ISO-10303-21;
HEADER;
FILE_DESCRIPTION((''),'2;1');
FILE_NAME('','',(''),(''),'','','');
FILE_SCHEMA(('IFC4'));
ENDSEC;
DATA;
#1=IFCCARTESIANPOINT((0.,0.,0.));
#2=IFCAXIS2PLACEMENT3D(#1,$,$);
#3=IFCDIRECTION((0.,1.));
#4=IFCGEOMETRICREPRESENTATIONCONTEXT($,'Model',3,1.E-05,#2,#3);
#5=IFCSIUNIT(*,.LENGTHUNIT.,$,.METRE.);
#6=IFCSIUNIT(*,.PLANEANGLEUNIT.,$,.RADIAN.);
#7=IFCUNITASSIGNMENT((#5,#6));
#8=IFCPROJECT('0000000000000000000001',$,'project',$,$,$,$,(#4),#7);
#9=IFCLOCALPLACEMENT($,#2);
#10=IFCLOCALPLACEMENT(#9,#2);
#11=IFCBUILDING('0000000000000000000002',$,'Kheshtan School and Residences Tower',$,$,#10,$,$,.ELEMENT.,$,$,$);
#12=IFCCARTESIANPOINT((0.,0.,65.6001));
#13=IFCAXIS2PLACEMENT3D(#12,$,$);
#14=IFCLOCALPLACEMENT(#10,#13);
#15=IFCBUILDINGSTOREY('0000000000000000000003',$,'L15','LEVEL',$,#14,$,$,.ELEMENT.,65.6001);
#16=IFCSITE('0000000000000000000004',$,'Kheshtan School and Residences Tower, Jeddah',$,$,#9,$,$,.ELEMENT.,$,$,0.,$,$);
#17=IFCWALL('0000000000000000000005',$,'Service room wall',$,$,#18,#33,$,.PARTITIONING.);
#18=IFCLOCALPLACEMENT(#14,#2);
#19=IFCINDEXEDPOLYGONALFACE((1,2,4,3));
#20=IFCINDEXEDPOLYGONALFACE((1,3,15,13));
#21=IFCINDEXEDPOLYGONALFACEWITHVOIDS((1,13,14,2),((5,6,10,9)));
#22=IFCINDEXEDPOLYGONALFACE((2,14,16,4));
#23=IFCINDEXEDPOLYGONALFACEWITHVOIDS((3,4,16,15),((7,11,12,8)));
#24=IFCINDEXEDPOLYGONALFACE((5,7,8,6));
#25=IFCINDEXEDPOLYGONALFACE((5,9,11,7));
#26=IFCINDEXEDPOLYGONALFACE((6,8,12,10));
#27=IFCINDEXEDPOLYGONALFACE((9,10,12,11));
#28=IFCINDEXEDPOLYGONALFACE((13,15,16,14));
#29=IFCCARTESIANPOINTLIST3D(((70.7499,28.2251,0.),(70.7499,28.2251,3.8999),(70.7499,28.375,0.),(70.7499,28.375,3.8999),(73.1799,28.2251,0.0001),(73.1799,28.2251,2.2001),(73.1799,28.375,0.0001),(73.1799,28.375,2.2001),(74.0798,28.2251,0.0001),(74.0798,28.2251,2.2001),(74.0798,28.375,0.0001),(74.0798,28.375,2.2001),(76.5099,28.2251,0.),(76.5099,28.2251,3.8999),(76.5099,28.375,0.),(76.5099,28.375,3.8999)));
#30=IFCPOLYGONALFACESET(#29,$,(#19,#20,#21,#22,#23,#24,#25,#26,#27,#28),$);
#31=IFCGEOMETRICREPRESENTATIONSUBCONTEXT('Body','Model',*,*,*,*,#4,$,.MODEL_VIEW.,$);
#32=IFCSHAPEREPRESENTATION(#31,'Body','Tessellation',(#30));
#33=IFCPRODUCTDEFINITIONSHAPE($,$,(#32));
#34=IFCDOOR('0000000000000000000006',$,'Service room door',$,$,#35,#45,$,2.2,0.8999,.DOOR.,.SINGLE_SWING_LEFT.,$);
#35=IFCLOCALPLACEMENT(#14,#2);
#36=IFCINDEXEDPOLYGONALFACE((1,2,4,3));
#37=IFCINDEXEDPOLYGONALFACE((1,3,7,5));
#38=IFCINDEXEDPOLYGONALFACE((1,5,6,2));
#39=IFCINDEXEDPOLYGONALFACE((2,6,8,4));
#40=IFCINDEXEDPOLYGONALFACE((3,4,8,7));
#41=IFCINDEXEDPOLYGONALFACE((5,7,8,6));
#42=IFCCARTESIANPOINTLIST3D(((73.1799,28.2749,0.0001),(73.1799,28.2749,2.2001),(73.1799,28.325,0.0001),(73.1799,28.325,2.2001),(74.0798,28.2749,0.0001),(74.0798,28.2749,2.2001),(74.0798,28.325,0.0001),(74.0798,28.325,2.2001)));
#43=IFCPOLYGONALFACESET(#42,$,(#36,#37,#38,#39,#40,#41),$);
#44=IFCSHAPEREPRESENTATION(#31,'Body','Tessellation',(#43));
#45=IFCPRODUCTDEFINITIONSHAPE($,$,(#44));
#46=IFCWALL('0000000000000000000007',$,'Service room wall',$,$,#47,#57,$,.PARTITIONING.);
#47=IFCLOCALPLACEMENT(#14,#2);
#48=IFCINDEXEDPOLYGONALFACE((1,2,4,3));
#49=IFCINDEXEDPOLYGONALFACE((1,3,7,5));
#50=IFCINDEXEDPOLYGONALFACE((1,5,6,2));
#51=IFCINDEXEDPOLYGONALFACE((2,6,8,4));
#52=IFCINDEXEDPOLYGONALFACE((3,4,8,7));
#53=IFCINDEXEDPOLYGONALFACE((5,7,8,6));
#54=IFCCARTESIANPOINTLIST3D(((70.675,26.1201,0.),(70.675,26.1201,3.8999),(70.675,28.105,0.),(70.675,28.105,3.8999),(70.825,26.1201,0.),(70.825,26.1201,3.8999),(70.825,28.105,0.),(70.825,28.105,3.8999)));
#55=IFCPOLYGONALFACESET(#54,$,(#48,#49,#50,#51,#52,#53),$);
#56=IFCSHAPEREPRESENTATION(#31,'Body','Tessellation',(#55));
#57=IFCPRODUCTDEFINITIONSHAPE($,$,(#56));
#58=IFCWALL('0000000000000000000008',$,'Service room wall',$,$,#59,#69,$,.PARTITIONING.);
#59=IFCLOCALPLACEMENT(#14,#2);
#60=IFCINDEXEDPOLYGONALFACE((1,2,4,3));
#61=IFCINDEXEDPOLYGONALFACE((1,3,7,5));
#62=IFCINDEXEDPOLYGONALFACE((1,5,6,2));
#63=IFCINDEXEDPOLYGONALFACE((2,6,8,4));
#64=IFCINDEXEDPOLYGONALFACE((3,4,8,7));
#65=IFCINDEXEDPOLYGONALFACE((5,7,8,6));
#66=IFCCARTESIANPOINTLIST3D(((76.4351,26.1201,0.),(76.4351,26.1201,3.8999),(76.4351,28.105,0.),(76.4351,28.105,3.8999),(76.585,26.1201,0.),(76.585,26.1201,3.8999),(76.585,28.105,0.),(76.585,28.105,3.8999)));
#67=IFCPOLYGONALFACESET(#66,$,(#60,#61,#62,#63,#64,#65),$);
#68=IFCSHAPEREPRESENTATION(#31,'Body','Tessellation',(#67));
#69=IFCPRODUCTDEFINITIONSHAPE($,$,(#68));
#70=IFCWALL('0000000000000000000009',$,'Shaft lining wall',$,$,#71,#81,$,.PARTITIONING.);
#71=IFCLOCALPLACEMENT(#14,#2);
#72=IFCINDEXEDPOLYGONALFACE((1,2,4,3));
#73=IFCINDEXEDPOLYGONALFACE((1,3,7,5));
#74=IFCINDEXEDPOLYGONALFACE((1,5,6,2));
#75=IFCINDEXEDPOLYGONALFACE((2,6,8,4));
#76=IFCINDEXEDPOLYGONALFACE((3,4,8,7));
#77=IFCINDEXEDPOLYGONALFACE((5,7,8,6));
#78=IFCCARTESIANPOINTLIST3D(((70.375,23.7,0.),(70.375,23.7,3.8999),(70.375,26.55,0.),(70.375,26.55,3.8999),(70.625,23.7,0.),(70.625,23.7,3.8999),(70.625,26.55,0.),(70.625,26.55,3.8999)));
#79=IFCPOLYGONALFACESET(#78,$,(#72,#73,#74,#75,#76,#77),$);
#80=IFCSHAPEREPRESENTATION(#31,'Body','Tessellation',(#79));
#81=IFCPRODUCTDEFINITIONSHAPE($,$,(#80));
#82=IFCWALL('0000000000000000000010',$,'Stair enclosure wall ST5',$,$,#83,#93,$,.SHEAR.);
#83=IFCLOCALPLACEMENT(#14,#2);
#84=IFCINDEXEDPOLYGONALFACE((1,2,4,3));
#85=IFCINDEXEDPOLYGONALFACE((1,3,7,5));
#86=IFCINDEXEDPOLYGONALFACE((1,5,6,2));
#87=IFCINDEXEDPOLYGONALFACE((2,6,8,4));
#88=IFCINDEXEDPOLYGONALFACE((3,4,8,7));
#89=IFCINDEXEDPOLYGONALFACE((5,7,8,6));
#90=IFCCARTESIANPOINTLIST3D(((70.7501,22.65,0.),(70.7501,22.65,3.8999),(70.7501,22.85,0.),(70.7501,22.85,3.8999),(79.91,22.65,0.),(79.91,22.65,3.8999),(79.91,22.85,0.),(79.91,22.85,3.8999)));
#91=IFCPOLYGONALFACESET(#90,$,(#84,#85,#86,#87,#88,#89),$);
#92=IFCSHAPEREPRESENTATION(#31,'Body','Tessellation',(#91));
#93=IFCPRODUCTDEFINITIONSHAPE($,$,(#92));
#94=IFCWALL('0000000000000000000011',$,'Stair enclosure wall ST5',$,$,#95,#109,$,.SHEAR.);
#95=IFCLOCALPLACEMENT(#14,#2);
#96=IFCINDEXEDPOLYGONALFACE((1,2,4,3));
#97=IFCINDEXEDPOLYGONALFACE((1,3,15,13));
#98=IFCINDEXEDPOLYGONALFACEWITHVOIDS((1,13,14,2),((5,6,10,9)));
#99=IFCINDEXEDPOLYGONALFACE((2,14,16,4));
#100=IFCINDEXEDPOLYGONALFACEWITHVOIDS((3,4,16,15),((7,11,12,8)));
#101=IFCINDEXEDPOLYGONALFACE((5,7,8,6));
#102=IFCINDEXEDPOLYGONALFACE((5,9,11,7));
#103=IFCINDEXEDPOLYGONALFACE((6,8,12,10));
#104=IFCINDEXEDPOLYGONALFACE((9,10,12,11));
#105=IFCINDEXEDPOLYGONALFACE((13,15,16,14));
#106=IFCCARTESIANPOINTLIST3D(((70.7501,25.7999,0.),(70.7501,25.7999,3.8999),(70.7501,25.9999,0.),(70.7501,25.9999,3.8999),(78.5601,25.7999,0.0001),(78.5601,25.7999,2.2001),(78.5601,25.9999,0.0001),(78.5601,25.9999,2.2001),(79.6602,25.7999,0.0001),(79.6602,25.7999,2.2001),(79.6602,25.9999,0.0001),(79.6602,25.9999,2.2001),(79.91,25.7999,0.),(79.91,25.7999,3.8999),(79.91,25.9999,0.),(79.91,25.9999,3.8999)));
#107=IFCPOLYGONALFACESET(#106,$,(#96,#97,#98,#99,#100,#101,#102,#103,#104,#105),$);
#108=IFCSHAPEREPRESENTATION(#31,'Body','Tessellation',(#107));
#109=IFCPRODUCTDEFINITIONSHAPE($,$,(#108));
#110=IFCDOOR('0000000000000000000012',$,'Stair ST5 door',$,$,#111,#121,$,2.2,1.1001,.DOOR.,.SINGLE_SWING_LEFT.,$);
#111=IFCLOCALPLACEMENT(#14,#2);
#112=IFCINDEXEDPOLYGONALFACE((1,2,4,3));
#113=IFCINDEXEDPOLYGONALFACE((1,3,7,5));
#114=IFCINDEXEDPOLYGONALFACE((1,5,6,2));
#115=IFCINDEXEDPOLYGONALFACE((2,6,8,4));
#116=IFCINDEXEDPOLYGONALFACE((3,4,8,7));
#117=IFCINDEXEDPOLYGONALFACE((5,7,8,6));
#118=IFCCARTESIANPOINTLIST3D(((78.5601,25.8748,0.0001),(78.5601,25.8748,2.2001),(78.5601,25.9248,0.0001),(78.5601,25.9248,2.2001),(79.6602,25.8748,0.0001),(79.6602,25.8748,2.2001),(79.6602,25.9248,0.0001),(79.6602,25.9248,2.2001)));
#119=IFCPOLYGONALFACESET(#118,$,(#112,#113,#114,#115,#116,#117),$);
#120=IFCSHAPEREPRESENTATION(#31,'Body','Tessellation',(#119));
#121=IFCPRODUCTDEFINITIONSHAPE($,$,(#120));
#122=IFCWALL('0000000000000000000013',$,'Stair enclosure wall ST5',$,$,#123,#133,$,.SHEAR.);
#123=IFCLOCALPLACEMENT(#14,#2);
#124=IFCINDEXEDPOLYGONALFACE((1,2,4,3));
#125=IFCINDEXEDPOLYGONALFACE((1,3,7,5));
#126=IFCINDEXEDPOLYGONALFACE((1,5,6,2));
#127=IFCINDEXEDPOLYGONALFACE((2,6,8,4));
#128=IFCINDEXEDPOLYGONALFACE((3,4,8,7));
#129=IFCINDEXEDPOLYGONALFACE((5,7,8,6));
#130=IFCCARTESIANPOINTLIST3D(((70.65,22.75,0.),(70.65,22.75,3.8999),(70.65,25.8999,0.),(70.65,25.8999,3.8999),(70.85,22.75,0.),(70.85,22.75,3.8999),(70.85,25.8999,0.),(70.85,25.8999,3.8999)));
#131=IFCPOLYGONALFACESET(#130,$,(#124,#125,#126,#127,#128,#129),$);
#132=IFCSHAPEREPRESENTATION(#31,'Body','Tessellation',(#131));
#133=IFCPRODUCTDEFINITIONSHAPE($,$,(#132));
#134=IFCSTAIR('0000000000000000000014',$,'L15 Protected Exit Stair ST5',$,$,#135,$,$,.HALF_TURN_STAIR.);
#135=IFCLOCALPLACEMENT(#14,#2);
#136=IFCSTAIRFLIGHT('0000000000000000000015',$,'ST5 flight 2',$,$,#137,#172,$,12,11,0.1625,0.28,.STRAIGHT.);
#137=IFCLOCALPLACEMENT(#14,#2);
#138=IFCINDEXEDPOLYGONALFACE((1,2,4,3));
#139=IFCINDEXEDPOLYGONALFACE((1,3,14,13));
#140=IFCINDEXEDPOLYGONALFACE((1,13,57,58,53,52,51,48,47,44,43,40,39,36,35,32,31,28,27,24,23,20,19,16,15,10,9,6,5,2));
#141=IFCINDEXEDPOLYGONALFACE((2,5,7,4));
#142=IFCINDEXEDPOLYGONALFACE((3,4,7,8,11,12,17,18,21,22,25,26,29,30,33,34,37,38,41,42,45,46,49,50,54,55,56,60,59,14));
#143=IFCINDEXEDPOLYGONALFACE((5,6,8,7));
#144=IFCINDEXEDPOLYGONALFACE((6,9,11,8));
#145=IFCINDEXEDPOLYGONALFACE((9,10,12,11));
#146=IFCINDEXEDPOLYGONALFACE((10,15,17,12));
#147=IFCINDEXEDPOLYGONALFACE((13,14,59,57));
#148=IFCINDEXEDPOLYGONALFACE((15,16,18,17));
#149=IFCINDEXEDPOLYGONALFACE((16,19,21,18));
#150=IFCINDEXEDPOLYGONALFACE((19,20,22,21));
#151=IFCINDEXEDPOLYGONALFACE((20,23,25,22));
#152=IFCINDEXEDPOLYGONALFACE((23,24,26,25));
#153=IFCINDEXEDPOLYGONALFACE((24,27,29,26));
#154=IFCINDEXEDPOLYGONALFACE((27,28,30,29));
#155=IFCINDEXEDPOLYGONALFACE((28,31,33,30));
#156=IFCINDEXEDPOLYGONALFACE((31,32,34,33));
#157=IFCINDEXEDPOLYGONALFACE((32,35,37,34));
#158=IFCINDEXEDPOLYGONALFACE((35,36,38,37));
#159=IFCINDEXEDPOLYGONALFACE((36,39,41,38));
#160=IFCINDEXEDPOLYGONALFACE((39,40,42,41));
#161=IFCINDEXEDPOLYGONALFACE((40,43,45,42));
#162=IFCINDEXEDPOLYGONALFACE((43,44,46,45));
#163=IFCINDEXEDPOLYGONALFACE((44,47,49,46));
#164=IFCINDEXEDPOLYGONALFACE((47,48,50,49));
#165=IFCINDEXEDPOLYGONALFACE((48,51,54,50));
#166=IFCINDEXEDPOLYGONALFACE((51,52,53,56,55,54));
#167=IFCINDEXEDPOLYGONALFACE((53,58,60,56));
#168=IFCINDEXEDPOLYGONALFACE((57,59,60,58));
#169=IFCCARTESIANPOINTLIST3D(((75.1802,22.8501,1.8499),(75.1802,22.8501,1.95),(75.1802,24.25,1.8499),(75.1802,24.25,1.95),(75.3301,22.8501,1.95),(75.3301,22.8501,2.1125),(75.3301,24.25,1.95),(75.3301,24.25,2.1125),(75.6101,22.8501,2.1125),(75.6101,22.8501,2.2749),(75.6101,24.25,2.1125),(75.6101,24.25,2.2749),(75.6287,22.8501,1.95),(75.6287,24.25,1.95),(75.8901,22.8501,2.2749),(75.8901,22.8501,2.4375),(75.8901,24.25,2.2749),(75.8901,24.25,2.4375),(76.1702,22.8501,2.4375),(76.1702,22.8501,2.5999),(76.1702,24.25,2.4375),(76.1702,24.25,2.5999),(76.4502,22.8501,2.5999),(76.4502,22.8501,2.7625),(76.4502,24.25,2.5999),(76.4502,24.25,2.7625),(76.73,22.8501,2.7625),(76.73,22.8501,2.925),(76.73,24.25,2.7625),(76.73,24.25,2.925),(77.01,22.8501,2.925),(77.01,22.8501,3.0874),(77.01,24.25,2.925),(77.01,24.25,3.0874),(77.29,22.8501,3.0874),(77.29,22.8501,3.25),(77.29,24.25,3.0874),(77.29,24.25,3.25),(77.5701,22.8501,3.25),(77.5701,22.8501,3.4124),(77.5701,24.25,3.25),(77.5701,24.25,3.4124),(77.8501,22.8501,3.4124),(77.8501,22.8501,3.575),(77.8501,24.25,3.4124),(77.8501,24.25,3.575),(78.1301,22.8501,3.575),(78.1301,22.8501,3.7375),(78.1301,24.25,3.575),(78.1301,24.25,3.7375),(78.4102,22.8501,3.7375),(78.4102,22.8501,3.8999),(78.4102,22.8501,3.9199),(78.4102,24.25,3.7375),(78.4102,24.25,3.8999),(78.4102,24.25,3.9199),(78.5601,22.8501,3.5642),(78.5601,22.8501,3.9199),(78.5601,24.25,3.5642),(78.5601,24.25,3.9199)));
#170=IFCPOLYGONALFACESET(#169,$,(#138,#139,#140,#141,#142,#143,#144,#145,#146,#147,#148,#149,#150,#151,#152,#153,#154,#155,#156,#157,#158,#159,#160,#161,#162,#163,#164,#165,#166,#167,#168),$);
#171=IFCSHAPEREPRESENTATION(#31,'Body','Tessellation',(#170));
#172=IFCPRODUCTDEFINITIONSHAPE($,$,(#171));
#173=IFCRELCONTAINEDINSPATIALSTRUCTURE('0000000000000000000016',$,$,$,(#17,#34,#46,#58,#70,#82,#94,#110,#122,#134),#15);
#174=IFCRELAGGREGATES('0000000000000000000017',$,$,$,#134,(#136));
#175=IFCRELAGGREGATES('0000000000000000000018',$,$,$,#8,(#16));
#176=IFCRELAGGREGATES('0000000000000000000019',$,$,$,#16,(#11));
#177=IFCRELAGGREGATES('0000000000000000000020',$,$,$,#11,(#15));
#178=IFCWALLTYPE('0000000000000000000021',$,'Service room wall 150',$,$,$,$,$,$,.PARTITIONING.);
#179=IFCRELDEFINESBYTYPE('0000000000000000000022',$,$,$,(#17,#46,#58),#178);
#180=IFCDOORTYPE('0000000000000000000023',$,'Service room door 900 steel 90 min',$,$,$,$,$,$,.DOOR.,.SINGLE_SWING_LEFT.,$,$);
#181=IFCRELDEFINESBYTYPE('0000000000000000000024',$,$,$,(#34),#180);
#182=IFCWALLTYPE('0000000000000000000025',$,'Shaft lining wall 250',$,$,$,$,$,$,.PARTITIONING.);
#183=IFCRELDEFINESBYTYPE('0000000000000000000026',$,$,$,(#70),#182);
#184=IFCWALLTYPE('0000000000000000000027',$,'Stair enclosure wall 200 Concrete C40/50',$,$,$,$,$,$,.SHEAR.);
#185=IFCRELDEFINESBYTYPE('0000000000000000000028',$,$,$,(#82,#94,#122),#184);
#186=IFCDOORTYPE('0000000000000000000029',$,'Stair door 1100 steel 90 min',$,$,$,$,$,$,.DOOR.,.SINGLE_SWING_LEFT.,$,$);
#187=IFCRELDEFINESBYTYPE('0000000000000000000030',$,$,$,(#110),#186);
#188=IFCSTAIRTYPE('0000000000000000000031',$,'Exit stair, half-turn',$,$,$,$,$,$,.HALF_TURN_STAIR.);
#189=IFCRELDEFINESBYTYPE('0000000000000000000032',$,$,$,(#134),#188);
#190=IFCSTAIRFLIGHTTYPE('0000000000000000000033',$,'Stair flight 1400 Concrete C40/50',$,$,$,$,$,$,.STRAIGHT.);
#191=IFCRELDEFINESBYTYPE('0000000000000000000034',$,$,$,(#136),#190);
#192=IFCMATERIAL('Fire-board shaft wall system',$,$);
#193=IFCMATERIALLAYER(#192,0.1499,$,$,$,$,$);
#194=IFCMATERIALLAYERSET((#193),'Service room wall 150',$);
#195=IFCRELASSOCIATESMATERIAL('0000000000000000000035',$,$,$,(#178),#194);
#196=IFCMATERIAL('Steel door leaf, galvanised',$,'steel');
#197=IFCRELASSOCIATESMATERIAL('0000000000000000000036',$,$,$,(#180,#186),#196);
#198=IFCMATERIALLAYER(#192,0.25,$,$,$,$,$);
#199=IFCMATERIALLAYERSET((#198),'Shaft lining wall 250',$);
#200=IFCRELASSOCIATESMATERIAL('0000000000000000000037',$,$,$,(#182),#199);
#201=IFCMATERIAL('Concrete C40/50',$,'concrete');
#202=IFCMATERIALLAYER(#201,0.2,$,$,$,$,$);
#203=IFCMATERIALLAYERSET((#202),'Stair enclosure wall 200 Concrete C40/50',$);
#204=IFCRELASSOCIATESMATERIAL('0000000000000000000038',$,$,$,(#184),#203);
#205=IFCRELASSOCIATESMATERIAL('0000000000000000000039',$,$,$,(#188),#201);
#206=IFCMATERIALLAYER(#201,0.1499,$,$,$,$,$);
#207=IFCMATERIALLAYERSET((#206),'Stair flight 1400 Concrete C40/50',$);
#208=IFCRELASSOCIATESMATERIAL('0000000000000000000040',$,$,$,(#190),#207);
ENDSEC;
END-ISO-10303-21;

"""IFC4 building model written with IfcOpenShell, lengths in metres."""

from ifc_helpers import new_model, si_unit, direction, frame, frame_2d, origin, place, context, subcontext, project, spatial, polyline, rectangle, outline, extrude, source, transform, mapped, material, layer, layer_set, type_object, element, fill, aggregate, save


model = new_model("IFC4")

# Units and contexts
model_context = context("Model", 3, precision=1e-05, world=origin(), true_north=direction((0.0, 1.0)))
body_context = subcontext(model_context, "Body", "Model", "MODEL_VIEW")
ifc_project = project(units=[si_unit("LENGTHUNIT", "METRE"), si_unit("PLANEANGLEUNIT", "RADIAN")], contexts=[model_context])

# Site, building, storey
site_placement = place(None, origin())
site = spatial("IfcSite", under=ifc_project, at=site_placement, Name="Kheshtan School and Residences Tower, Jeddah", CompositionType="ELEMENT", RefElevation=0.0)
building_placement = place(site_placement, origin())
building = spatial("IfcBuilding", under=site, at=building_placement, Name="Kheshtan School and Residences Tower", CompositionType="ELEMENT")
storey_placement = place(building_placement, frame((0.0, 0.0, 65.6001)))
storey = spatial("IfcBuildingStorey", under=building, at=storey_placement, Name="L15", Description="LEVEL", CompositionType="ELEMENT", Elevation=65.6001)

# Wall, opening, door
ifc_material_1 = material(Name="Fire-board shaft wall system")
ifc_layer_1 = layer(ifc_material_1, 0.1499)
ifc_layer_set_1 = layer_set([ifc_layer_1], Name="Service room wall 150")
wall_type_1 = type_object("IfcWallType", Name="Service room wall 150", PredefinedType="PARTITIONING", material=ifc_layer_set_1)
wall_1_placement = place(storey_placement, frame((70.75, 28.3, 0.0), z_axis=(0.0, 0.0, 1.0), x_axis=(1.0, 0.0, 0.0)))
wall_1 = element("IfcWall", 1, at=wall_1_placement, inside=storey, type_object=wall_type_1, Name="Service room wall", PredefinedType="PARTITIONING", context=body_context, shape_type="SweptSolid", body=[
    extrude(rectangle(XDim=5.76, YDim=0.1499, at=frame_2d((2.8799, 0.0))), origin(), (0.0, 0.0, 1.0), 3.8999),
])
opening_1_placement = place(wall_1_placement, frame((2.4299, 0.0, 0.0)))
opening_1 = element("IfcOpeningElement", 2, at=opening_1_placement, cuts=wall_1, PredefinedType="OPENING", context=body_context, shape_type="SweptSolid", body=[
    extrude(rectangle(XDim=0.8999, YDim=2.2, at=frame_2d((0.45, 1.1001))), frame((0.0, 0.085, 0.0), z_axis=(0.0, -1.0, 0.0), x_axis=(1.0, 0.0, 0.0)), (0.0, 0.0, 1.0), 0.1699),
])
ifc_material_2 = material(Name="Steel door leaf, galvanised", Category="steel")
door_type_1 = type_object("IfcDoorType", Name="Service room door 900 steel 90 min", OperationType="SINGLE_SWING_LEFT", PredefinedType="DOOR", material=ifc_material_2)
shared_shape_1 = source(origin(), body_context, "Body", "SweptSolid", [
    extrude(rectangle(XDim=0.8999, YDim=2.2, at=frame_2d((0.45, 1.1001))), frame((0.0, 0.0249, 0.0), z_axis=(0.0, -1.0, 0.0), x_axis=(1.0, 0.0, 0.0)), (0.0, 0.0, 1.0), 0.05),
])
door_1_placement = place(opening_1_placement, origin())
door_1 = element("IfcDoor", 3, at=door_1_placement, inside=storey, type_object=door_type_1, Name="Service room door", OperationType="SINGLE_SWING_LEFT", OverallHeight=2.2, OverallWidth=0.8999, PredefinedType="DOOR", context=body_context, shape_type="MappedRepresentation", body=[
    mapped(shared_shape_1, transform((0.0, 0.0, 0.0), x_axis=(1.0, 0.0, 0.0), y_axis=(0.0, 1.0, 0.0), z_axis=(0.0, 0.0, 1.0), scale=1.0)),
])
fill(opening_1, door_1)

# Walls
for number, where, z_axis, x_axis, name in (
    (4, (70.75, 26.1201, 0.0), (0.0, 0.0, 1.0), (0.0, 1.0, 0.0), "Service room wall"),
    (5, (76.51, 26.1201, 0.0), (0.0, 0.0, 1.0), (0.0, 1.0, 0.0), "Service room wall"),
):
    element("IfcWall", number, at=place(storey_placement, frame(where, z_axis=z_axis, x_axis=x_axis)), inside=storey, type_object=wall_type_1, Name=name, PredefinedType="PARTITIONING", context=body_context, shape_type="SweptSolid", body=[
        extrude(rectangle(XDim=1.9849, YDim=0.1499, at=frame_2d((0.9924, 0.0))), origin(), (0.0, 0.0, 1.0), 3.8999),
    ])
ifc_layer_2 = layer(ifc_material_1, 0.25)
ifc_layer_set_2 = layer_set([ifc_layer_2], Name="Shaft lining wall 250")
wall_type_2 = type_object("IfcWallType", Name="Shaft lining wall 250", PredefinedType="PARTITIONING", material=ifc_layer_set_2)
wall_2_placement = place(storey_placement, frame((70.5, 23.7, 0.0), z_axis=(0.0, 0.0, 1.0), x_axis=(0.0, 1.0, 0.0)))
element("IfcWall", 6, at=wall_2_placement, inside=storey, type_object=wall_type_2, Name="Shaft lining wall", PredefinedType="PARTITIONING", context=body_context, shape_type="SweptSolid", body=[
    extrude(rectangle(XDim=2.8501, YDim=0.25, at=frame_2d((1.425, 0.0))), origin(), (0.0, 0.0, 1.0), 3.8999),
])
ifc_material_3 = material(Name="Concrete C40/50", Category="concrete")
ifc_layer_3 = layer(ifc_material_3, 0.2)
ifc_layer_set_3 = layer_set([ifc_layer_3], Name="Stair enclosure wall 200 Concrete C40/50")
wall_type_3 = type_object("IfcWallType", Name="Stair enclosure wall 200 Concrete C40/50", PredefinedType="SHEAR", material=ifc_layer_set_3)
wall_3_placement = place(storey_placement, frame((70.75, 22.75, 0.0), z_axis=(0.0, 0.0, 1.0), x_axis=(1.0, 0.0, 0.0)))
element("IfcWall", 7, at=wall_3_placement, inside=storey, type_object=wall_type_3, Name="Stair enclosure wall ST5", PredefinedType="SHEAR", context=body_context, shape_type="SweptSolid", body=[
    extrude(rectangle(XDim=9.1599, YDim=0.2, at=frame_2d((4.5801, 0.0))), origin(), (0.0, 0.0, 1.0), 3.8999),
])

# Wall, opening, door
wall_4_placement = place(storey_placement, frame((70.75, 25.8999, 0.0), z_axis=(0.0, 0.0, 1.0), x_axis=(1.0, 0.0, 0.0)))
wall_4 = element("IfcWall", 8, at=wall_4_placement, inside=storey, type_object=wall_type_3, Name="Stair enclosure wall ST5", PredefinedType="SHEAR", context=body_context, shape_type="SweptSolid", body=[
    extrude(rectangle(XDim=9.1599, YDim=0.2, at=frame_2d((4.5801, 0.0))), origin(), (0.0, 0.0, 1.0), 3.8999),
])
opening_2_placement = place(wall_4_placement, frame((7.8101, 0.0, 0.0)))
opening_2 = element("IfcOpeningElement", 9, at=opening_2_placement, cuts=wall_4, PredefinedType="OPENING", context=body_context, shape_type="SweptSolid", body=[
    extrude(rectangle(XDim=1.1001, YDim=2.2, at=frame_2d((0.55, 1.1001))), frame((0.0, 0.1099, 0.0), z_axis=(0.0, -1.0, 0.0), x_axis=(1.0, 0.0, 0.0)), (0.0, 0.0, 1.0), 0.22),
])
door_type_2 = type_object("IfcDoorType", Name="Stair door 1100 steel 90 min", OperationType="SINGLE_SWING_LEFT", PredefinedType="DOOR", material=ifc_material_2)
shared_shape_2 = source(origin(), body_context, "Body", "SweptSolid", [
    extrude(rectangle(XDim=1.1001, YDim=2.2, at=frame_2d((0.55, 1.1001))), frame((0.0, 0.0249, 0.0), z_axis=(0.0, -1.0, 0.0), x_axis=(1.0, 0.0, 0.0)), (0.0, 0.0, 1.0), 0.05),
])
door_2_placement = place(opening_2_placement, origin())
door_2 = element("IfcDoor", 10, at=door_2_placement, inside=storey, type_object=door_type_2, Name="Stair ST5 door", OperationType="SINGLE_SWING_LEFT", OverallHeight=2.2, OverallWidth=1.1001, PredefinedType="DOOR", context=body_context, shape_type="MappedRepresentation", body=[
    mapped(shared_shape_2, transform((0.0, 0.0, 0.0), x_axis=(1.0, 0.0, 0.0), y_axis=(0.0, 1.0, 0.0), z_axis=(0.0, 0.0, 1.0), scale=1.0)),
])
fill(opening_2, door_2)

# Wall
wall_5_placement = place(storey_placement, frame((70.75, 22.75, 0.0), z_axis=(0.0, 0.0, 1.0), x_axis=(0.0, 1.0, 0.0)))
element("IfcWall", 11, at=wall_5_placement, inside=storey, type_object=wall_type_3, Name="Stair enclosure wall ST5", PredefinedType="SHEAR", context=body_context, shape_type="SweptSolid", body=[
    extrude(rectangle(XDim=3.1499, YDim=0.2, at=frame_2d((1.575, 0.0))), origin(), (0.0, 0.0, 1.0), 3.8999),
])

# Stair, stair flight
stair_type = type_object("IfcStairType", Name="Exit stair, half-turn", PredefinedType="HALF_TURN_STAIR", material=ifc_material_3)
stair_placement = place(storey_placement, origin())
stair = element("IfcStair", 12, at=stair_placement, inside=storey, type_object=stair_type, Name="L15 Protected Exit Stair ST5", PredefinedType="HALF_TURN_STAIR")
ifc_layer_4 = layer(ifc_material_3, 0.1499)
ifc_layer_set_4 = layer_set([ifc_layer_4], Name="Stair flight 1400 Concrete C40/50")
stair_flight_type = type_object("IfcStairFlightType", Name="Stair flight 1400 Concrete C40/50", PredefinedType="STRAIGHT", material=ifc_layer_set_4)
stair_flight_placement = place(storey_placement, frame((75.3301, 23.55, 1.95), z_axis=(0.0, 0.0, 1.0), x_axis=(1.0, 0.0, 0.0)))
stair_flight = element("IfcStairFlight", 13, at=stair_flight_placement, type_object=stair_flight_type, Name="ST5 flight 2", NumberOfRisers=12, NumberOfTreads=11, PredefinedType="STRAIGHT", RiserHeight=0.1625, TreadLength=0.28, context=body_context, shape_type="SweptSolid", body=[
    extrude(outline(polyline([(-0.1499, -0.1001), (-0.1499, 0.0), (0.0, 0.0), (0.0, 0.1626), (0.28, 0.1626), (0.28, 0.325), (0.5601, 0.325), (0.5601, 0.4875), (0.8401, 0.4875), (0.8401, 0.6499), (1.1201, 0.6499), (1.1201, 0.8125), (1.3999, 0.8125), (1.3999, 0.9751), (1.6799, 0.9751), (1.6799, 1.1375), (1.96, 1.1375), (1.96, 1.3), (2.24, 1.3), (2.24, 1.4624), (2.52, 1.4624), (2.52, 1.625), (2.8, 1.625), (2.8, 1.7876), (3.0801, 1.7876), (3.0801, 1.95), (3.0801, 1.97), (3.23, 1.97), (3.23, 1.6143), (0.2986, 0.0), (-0.1499, -0.1001)])), frame((0.0, 0.7, 0.0), z_axis=(0.0, -1.0, 0.0), x_axis=(1.0, 0.0, 0.0)), (0.0, 0.0, 1.0), 1.3999),
])
aggregate(stair, [stair_flight])

save(model, "model.ifc")
